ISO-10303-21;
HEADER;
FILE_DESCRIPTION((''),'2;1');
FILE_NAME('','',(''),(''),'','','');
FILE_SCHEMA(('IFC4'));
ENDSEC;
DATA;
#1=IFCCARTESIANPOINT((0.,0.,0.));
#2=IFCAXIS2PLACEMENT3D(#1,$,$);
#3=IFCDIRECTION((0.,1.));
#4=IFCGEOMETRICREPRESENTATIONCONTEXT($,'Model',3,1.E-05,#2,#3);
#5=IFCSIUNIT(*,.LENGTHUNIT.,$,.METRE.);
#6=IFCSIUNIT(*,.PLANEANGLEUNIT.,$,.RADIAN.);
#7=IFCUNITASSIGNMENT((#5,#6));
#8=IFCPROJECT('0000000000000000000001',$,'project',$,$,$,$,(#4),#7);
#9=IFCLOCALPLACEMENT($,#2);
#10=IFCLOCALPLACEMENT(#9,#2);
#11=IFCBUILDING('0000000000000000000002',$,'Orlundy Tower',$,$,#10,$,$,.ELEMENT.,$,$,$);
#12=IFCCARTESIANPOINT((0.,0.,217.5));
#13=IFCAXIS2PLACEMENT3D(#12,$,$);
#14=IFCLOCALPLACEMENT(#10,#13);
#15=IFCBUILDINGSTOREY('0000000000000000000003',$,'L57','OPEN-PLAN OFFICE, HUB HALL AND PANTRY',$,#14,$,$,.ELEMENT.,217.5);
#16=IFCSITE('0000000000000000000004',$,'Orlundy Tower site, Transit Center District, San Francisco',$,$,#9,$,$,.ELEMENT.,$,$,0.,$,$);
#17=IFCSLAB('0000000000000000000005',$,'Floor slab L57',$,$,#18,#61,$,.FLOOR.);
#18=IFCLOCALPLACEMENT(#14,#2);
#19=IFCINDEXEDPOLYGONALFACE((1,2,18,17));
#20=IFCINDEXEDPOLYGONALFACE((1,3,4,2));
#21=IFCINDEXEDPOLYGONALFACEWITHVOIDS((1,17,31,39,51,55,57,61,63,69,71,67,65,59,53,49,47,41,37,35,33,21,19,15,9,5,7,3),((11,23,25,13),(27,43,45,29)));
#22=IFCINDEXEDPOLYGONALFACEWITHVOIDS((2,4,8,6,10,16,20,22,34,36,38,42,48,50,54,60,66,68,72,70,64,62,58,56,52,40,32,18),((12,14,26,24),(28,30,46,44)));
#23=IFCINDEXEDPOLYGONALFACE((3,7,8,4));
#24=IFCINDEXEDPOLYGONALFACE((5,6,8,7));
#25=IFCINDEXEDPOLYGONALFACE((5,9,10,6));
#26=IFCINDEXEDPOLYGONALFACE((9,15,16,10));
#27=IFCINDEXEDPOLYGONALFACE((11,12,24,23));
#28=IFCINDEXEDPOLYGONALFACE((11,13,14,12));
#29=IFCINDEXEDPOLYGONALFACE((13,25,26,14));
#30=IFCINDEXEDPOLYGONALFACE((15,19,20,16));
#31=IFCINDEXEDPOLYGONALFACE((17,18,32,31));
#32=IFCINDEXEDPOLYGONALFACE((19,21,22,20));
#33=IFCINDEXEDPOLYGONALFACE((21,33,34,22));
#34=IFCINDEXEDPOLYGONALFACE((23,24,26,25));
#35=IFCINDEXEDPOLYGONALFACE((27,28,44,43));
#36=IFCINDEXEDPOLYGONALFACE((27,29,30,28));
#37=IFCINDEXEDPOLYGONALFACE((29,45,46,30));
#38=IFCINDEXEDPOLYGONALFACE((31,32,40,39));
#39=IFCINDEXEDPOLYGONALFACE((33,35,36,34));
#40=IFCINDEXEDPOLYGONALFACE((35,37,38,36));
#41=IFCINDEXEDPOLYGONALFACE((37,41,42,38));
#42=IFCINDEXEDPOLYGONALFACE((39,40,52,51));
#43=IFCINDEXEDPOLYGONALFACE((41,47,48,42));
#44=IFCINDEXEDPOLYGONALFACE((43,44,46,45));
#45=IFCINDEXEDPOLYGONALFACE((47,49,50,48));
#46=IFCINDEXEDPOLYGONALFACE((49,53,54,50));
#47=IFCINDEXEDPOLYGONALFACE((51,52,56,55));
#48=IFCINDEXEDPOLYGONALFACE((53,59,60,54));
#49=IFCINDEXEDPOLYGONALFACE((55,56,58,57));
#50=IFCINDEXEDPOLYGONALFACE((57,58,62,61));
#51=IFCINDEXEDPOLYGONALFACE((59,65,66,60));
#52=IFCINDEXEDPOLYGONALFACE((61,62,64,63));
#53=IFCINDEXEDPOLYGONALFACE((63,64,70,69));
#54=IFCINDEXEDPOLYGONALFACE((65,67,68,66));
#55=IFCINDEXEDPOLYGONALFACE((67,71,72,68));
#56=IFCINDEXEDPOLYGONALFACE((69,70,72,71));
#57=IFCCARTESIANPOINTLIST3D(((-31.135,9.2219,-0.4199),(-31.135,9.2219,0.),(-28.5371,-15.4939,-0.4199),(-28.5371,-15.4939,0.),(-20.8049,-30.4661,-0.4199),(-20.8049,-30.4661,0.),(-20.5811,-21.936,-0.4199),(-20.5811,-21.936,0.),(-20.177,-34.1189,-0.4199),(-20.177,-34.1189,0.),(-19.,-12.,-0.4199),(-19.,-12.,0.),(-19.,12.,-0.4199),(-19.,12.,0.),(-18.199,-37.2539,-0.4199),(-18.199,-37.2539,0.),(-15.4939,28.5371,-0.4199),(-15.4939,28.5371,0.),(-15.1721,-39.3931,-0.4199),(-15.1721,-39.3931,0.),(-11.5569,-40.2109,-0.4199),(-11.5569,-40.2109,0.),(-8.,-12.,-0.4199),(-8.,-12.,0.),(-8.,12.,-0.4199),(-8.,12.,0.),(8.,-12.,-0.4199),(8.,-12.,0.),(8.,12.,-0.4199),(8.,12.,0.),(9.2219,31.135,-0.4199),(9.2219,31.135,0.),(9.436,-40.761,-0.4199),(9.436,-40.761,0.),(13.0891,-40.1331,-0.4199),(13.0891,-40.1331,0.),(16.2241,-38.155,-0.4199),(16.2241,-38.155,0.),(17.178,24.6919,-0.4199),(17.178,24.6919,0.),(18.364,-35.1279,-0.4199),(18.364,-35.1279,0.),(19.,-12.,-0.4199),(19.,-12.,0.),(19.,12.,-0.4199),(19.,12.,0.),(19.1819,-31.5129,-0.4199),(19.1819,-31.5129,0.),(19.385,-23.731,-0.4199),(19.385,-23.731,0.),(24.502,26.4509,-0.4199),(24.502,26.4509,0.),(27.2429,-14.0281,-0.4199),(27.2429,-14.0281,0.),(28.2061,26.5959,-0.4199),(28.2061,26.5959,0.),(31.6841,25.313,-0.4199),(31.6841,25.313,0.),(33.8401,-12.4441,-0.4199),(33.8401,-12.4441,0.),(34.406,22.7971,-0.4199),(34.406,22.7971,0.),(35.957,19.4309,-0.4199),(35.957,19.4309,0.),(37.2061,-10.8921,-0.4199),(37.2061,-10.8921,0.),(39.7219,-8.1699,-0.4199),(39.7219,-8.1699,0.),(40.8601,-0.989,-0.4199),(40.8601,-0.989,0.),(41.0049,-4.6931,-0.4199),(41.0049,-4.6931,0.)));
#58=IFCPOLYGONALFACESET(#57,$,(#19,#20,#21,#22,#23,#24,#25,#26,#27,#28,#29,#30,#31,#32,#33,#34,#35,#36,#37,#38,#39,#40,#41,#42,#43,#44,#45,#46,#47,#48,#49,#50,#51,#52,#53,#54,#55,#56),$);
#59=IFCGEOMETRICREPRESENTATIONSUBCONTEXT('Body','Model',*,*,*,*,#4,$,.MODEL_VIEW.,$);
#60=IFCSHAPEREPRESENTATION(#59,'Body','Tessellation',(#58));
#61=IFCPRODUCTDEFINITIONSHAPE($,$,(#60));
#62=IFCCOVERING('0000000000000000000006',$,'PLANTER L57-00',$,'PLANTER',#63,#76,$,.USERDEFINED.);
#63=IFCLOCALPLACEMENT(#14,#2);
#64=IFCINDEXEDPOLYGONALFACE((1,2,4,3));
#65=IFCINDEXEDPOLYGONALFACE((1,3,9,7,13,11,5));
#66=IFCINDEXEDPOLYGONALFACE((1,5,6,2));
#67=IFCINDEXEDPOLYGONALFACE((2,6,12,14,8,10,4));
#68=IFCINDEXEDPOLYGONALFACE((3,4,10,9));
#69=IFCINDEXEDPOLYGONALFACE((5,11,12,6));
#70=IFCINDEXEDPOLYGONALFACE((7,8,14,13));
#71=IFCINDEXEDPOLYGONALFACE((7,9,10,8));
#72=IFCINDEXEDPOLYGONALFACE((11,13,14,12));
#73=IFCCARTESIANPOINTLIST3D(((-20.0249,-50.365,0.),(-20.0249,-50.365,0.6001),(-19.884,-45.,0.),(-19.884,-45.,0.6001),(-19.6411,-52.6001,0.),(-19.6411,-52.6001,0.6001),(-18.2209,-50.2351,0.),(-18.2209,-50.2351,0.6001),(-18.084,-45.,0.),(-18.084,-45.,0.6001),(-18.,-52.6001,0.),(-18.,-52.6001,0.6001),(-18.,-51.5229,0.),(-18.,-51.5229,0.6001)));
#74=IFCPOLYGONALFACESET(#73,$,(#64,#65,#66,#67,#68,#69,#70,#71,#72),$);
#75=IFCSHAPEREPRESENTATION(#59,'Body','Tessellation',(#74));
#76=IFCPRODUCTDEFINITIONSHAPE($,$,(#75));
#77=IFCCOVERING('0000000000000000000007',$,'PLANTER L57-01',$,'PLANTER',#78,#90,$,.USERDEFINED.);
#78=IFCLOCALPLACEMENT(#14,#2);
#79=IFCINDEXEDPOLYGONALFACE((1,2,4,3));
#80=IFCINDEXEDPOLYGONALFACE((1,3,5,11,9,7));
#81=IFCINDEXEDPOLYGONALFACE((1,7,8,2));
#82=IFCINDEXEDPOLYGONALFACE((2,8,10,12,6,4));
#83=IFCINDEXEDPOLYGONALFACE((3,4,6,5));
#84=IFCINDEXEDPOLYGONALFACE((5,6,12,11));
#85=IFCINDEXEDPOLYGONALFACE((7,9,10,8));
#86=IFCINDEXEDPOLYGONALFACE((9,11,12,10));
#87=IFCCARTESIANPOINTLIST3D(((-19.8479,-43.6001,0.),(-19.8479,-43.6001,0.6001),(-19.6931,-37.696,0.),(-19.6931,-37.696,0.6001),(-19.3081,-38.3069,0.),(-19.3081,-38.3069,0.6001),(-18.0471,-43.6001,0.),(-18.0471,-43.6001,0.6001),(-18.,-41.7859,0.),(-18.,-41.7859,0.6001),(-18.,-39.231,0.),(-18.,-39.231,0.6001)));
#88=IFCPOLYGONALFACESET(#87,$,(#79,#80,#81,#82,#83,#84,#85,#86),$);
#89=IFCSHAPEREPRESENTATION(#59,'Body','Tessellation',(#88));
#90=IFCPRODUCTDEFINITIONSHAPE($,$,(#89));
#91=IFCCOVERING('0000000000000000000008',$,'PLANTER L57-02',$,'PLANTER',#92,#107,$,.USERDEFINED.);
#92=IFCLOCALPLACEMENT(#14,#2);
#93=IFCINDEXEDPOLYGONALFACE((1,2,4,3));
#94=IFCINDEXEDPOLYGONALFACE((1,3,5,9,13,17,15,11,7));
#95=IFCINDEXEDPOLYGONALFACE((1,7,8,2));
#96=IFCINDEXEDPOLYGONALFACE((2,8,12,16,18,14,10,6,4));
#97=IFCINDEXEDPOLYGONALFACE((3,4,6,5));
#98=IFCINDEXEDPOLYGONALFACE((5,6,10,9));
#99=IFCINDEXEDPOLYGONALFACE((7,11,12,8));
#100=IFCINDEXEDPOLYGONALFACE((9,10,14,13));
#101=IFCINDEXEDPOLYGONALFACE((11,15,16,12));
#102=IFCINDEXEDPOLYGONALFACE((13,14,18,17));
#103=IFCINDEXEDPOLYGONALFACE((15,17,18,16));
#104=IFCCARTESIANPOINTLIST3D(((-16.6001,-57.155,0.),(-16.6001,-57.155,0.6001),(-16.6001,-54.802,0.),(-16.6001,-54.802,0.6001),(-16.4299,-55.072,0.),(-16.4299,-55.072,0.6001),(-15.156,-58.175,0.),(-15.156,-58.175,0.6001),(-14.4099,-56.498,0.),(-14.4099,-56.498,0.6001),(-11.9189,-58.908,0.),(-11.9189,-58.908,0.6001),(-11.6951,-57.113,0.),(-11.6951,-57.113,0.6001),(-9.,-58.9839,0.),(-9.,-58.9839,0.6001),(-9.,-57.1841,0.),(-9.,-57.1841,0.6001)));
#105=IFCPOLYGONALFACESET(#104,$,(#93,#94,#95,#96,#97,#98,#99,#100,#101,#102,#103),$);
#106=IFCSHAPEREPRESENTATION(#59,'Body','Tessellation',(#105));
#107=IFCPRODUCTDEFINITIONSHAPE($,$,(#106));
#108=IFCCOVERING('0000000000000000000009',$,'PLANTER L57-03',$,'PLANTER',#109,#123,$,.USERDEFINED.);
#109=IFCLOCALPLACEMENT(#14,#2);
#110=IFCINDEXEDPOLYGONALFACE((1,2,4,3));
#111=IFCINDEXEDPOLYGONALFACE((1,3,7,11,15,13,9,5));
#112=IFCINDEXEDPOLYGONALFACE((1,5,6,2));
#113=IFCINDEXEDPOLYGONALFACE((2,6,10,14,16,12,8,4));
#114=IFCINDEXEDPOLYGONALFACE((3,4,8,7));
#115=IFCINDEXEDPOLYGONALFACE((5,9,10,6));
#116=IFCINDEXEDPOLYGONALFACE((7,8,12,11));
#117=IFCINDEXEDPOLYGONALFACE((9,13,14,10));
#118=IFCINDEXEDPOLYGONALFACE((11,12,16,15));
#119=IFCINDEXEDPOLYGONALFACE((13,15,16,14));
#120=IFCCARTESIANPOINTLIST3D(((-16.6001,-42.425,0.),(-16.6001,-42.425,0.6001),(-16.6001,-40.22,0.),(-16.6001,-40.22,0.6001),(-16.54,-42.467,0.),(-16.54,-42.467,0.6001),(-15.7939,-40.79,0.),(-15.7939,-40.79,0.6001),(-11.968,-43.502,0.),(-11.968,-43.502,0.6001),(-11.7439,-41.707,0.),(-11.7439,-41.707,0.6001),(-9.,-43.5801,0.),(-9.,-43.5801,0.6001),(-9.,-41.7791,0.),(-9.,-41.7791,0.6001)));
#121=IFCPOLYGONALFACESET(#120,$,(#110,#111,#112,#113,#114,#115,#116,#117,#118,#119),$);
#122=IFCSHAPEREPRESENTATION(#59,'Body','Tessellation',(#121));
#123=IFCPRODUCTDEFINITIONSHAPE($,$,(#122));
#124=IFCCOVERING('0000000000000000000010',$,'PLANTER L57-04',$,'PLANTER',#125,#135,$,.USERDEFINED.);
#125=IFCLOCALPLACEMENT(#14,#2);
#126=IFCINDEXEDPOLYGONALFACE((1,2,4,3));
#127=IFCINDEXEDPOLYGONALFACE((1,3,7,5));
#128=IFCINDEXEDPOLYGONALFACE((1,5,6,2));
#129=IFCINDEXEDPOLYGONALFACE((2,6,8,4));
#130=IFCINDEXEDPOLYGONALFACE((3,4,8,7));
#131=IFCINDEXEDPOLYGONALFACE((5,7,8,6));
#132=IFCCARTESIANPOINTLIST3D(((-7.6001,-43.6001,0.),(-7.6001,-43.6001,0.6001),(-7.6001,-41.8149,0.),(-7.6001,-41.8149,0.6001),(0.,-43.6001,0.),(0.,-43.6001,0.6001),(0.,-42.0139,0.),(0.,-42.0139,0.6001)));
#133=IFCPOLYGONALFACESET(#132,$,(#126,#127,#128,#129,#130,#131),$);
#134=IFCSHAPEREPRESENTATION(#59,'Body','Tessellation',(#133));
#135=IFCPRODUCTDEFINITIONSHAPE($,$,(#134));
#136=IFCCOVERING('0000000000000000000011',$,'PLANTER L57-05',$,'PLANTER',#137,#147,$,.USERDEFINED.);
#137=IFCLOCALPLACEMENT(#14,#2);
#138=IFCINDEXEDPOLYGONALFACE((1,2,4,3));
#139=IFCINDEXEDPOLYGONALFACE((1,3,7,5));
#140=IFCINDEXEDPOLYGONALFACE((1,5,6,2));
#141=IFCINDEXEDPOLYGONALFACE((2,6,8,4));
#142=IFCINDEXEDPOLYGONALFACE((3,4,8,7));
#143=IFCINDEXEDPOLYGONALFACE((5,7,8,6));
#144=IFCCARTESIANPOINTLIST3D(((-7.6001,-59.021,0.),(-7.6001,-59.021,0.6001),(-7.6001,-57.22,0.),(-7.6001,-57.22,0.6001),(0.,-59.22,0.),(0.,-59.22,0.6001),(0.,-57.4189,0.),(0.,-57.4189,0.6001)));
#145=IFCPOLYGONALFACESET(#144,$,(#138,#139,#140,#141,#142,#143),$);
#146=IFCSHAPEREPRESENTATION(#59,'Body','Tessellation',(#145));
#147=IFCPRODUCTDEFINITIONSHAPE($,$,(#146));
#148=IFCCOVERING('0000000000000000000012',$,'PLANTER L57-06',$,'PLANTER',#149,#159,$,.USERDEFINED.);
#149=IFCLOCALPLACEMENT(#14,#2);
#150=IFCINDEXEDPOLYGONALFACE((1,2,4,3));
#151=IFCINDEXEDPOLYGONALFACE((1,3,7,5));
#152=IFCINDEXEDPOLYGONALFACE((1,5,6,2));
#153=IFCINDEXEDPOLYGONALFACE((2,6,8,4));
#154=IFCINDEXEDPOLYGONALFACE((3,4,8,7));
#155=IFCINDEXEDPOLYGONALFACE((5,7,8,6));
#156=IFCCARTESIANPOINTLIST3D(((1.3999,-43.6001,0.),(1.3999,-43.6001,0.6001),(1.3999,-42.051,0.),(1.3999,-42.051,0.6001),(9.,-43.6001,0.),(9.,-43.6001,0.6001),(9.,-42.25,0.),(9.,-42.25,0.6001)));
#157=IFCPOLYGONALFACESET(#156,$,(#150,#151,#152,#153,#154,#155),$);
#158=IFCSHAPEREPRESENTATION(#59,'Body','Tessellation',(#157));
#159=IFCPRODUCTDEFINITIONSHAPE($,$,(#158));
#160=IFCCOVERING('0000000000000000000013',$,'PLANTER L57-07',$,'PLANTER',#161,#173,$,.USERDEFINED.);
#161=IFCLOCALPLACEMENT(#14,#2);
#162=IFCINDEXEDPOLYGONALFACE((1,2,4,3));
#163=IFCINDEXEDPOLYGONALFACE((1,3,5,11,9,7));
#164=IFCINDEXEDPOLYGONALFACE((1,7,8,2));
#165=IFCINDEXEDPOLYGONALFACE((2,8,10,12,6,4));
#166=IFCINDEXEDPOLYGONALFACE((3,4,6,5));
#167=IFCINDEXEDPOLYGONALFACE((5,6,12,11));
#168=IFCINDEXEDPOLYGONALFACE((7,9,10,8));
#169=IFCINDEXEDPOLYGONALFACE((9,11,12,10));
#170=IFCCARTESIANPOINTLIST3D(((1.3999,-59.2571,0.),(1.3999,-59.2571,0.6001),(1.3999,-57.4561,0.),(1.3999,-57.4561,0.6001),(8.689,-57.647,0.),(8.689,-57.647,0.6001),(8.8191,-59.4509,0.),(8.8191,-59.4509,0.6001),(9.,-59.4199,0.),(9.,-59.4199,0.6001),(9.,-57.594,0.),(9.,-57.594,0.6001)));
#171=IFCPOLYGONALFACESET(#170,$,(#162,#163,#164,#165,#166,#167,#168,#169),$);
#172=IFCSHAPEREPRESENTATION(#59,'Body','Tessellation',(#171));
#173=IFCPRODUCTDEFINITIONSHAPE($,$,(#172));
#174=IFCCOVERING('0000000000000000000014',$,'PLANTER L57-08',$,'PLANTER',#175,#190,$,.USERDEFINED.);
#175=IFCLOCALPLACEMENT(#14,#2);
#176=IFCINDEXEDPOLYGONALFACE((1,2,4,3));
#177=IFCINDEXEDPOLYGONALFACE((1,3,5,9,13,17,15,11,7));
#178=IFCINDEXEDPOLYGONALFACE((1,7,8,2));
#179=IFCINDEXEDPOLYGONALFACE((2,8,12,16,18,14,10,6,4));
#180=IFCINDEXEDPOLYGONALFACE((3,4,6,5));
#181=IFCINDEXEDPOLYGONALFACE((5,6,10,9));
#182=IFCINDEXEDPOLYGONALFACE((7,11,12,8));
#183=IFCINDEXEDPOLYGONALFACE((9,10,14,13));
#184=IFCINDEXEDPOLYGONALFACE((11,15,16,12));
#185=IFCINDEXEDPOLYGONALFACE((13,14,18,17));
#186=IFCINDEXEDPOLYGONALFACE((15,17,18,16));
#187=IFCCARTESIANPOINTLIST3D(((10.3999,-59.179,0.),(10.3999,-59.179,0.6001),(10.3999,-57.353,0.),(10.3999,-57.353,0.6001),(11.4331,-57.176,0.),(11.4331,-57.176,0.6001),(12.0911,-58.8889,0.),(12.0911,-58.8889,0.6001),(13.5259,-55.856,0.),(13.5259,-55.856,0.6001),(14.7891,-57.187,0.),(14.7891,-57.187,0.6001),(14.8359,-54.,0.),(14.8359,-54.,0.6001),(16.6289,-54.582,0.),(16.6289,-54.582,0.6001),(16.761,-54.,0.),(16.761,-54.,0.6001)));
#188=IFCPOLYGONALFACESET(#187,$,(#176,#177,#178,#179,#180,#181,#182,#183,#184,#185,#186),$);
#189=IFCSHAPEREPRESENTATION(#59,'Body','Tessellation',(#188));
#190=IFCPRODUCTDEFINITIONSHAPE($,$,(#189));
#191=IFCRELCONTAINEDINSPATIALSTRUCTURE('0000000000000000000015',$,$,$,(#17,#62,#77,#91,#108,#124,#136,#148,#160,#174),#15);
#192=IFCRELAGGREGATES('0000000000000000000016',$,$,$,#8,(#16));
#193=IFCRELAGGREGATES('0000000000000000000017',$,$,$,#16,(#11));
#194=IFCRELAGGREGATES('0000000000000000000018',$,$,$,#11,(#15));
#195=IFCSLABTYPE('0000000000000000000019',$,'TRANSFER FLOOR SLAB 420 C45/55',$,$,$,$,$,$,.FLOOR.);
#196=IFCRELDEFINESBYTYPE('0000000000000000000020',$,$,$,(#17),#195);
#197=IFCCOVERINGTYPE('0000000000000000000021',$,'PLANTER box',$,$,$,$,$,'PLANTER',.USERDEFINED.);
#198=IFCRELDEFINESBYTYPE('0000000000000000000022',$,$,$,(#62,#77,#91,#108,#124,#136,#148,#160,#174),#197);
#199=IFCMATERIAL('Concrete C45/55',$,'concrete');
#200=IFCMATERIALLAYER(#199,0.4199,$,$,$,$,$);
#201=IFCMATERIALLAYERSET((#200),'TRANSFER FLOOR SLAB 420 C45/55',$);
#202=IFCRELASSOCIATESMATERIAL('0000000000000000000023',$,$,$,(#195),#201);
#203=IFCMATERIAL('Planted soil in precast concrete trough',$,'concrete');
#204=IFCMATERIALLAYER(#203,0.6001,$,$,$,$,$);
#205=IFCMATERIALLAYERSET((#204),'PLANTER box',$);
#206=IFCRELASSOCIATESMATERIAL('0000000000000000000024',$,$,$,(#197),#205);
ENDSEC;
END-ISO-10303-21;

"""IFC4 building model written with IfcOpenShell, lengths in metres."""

from ifc_helpers import new_model, si_unit, direction, frame, origin, place, context, subcontext, project, spatial, polyline, outline, extrude, material, layer, layer_set, type_object, element, save


model = new_model("IFC4")

# Units and contexts
model_context = context("Model", 3, precision=1e-05, world=origin(), true_north=direction((0.0, 1.0)))
body_context = subcontext(model_context, "Body", "Model", "MODEL_VIEW")
ifc_project = project(units=[si_unit("LENGTHUNIT", "METRE"), si_unit("PLANEANGLEUNIT", "RADIAN")], contexts=[model_context])

# Site, building, storey
site_placement = place(None, origin())
site = spatial("IfcSite", under=ifc_project, at=site_placement, Name="Orlundy Tower site, Transit Center District, San Francisco", CompositionType="ELEMENT", RefElevation=0.0)
building_placement = place(site_placement, origin())
building = spatial("IfcBuilding", under=site, at=building_placement, Name="Orlundy Tower", CompositionType="ELEMENT")
storey_placement = place(building_placement, frame((0.0, 0.0, 217.5)))
storey = spatial("IfcBuildingStorey", under=building, at=storey_placement, Name="L57", Description="OPEN-PLAN OFFICE, HUB HALL AND PANTRY", CompositionType="ELEMENT", Elevation=217.5)

# Slab
ifc_material_1 = material(Name="Concrete C45/55", Category="concrete")
ifc_layer_1 = layer(ifc_material_1, 0.4199)
ifc_layer_set_1 = layer_set([ifc_layer_1], Name="TRANSFER FLOOR SLAB 420 C45/55")
slab_type_1 = type_object("IfcSlabType", Name="TRANSFER FLOOR SLAB 420 C45/55", PredefinedType="FLOOR", material=ifc_layer_set_1)
slab_1_placement = place(storey_placement, frame((0.0, 0.0, -0.4199)))
element("IfcSlab", 1, at=slab_1_placement, inside=storey, type_object=slab_type_1, Name="Floor slab L57", PredefinedType="FLOOR", context=body_context, shape_type="SweptSolid", body=[
    extrude(outline(polyline([(-20.5811, -21.936), (-28.5371, -15.4939), (-31.135, 9.2219), (-15.4939, 28.5371), (9.2219, 31.135), (17.178, 24.6919), (24.502, 26.4509), (28.2061, 26.5959), (31.6841, 25.313), (34.406, 22.7971), (35.957, 19.4309), (40.8601, -0.989), (41.0049, -4.6931), (39.7219, -8.1699), (37.2061, -10.8921), (33.8401, -12.4441), (27.2429, -14.0281), (19.385, -23.731), (19.1819, -31.5129), (18.364, -35.1279), (16.2241, -38.155), (13.0891, -40.1331), (9.436, -40.761), (-11.5569, -40.2109), (-15.1721, -39.3931), (-18.199, -37.2539), (-20.177, -34.1189), (-20.8049, -30.4661), (-20.5811, -21.936)]), holes=[polyline([(-8.0, -12.0), (-8.0, 12.0), (-19.0, 12.0), (-19.0, -12.0), (-8.0, -12.0)]), polyline([(19.0, -12.0), (19.0, 12.0), (8.0, 12.0), (8.0, -12.0), (19.0, -12.0)])]), origin(), (0.0, 0.0, 1.0), 0.4199),
])

# Coverings
ifc_material_2 = material(Name="Planted soil in precast concrete trough", Category="concrete")
ifc_layer_2 = layer(ifc_material_2, 0.6001)
ifc_layer_set_2 = layer_set([ifc_layer_2], Name="PLANTER box")
covering_type = type_object("IfcCoveringType", Name="PLANTER box", ElementType="PLANTER", PredefinedType="USERDEFINED", material=ifc_layer_set_2)
covering_1_placement = place(storey_placement, origin())
element("IfcCovering", 2, at=covering_1_placement, inside=storey, type_object=covering_type, Name="PLANTER L57-00", ObjectType="PLANTER", PredefinedType="USERDEFINED", context=body_context, shape_type="SweptSolid", body=[
    extrude(outline(polyline([(-20.0249, -50.365), (-19.884, -45.0), (-18.084, -45.0), (-18.2209, -50.2351), (-18.0, -51.5229), (-18.0, -52.6001), (-19.6411, -52.6001), (-20.0249, -50.365)])), origin(), (0.0, 0.0, 1.0), 0.6001),
])
covering_2_placement = place(storey_placement, origin())
element("IfcCovering", 3, at=covering_2_placement, inside=storey, type_object=covering_type, Name="PLANTER L57-01", ObjectType="PLANTER", PredefinedType="USERDEFINED", context=body_context, shape_type="SweptSolid", body=[
    extrude(outline(polyline([(-19.6931, -37.696), (-19.3081, -38.3069), (-18.0, -39.231), (-18.0, -41.7859), (-18.0471, -43.6001), (-19.8479, -43.6001), (-19.6931, -37.696)])), origin(), (0.0, 0.0, 1.0), 0.6001),
])
covering_3_placement = place(storey_placement, origin())
element("IfcCovering", 4, at=covering_3_placement, inside=storey, type_object=covering_type, Name="PLANTER L57-02", ObjectType="PLANTER", PredefinedType="USERDEFINED", context=body_context, shape_type="SweptSolid", body=[
    extrude(outline(polyline([(-11.9189, -58.908), (-15.156, -58.175), (-16.6001, -57.155), (-16.6001, -54.802), (-16.4299, -55.072), (-14.4099, -56.498), (-11.6951, -57.113), (-9.0, -57.1841), (-9.0, -58.9839), (-11.9189, -58.908)])), origin(), (0.0, 0.0, 1.0), 0.6001),
])
covering_4_placement = place(storey_placement, origin())
element("IfcCovering", 5, at=covering_4_placement, inside=storey, type_object=covering_type, Name="PLANTER L57-03", ObjectType="PLANTER", PredefinedType="USERDEFINED", context=body_context, shape_type="SweptSolid", body=[
    extrude(outline(polyline([(-15.7939, -40.79), (-11.7439, -41.707), (-9.0, -41.7791), (-9.0, -43.5801), (-11.968, -43.502), (-16.54, -42.467), (-16.6001, -42.425), (-16.6001, -40.22), (-15.7939, -40.79)])), origin(), (0.0, 0.0, 1.0), 0.6001),
])
covering_5_placement = place(storey_placement, origin())
element("IfcCovering", 6, at=covering_5_placement, inside=storey, type_object=covering_type, Name="PLANTER L57-04", ObjectType="PLANTER", PredefinedType="USERDEFINED", context=body_context, shape_type="SweptSolid", body=[
    extrude(outline(polyline([(0.0, -42.0139), (0.0, -43.6001), (-7.6001, -43.6001), (-7.6001, -41.8149), (0.0, -42.0139)])), origin(), (0.0, 0.0, 1.0), 0.6001),
])
covering_6_placement = place(storey_placement, origin())
element("IfcCovering", 7, at=covering_6_placement, inside=storey, type_object=covering_type, Name="PLANTER L57-05", ObjectType="PLANTER", PredefinedType="USERDEFINED", context=body_context, shape_type="SweptSolid", body=[
    extrude(outline(polyline([(-7.6001, -59.021), (-7.6001, -57.22), (0.0, -57.4189), (0.0, -59.22), (-7.6001, -59.021)])), origin(), (0.0, 0.0, 1.0), 0.6001),
])
covering_7_placement = place(storey_placement, origin())
element("IfcCovering", 8, at=covering_7_placement, inside=storey, type_object=covering_type, Name="PLANTER L57-06", ObjectType="PLANTER", PredefinedType="USERDEFINED", context=body_context, shape_type="SweptSolid", body=[
    extrude(outline(polyline([(9.0, -42.25), (9.0, -43.6001), (1.3999, -43.6001), (1.3999, -42.051), (9.0, -42.25)])), origin(), (0.0, 0.0, 1.0), 0.6001),
])
covering_8_placement = place(storey_placement, origin())
element("IfcCovering", 9, at=covering_8_placement, inside=storey, type_object=covering_type, Name="PLANTER L57-07", ObjectType="PLANTER", PredefinedType="USERDEFINED", context=body_context, shape_type="SweptSolid", body=[
    extrude(outline(polyline([(8.8191, -59.4509), (1.3999, -59.2571), (1.3999, -57.4561), (8.689, -57.647), (9.0, -57.594), (9.0, -59.4199), (8.8191, -59.4509)])), origin(), (0.0, 0.0, 1.0), 0.6001),
])
covering_9_placement = place(storey_placement, origin())
element("IfcCovering", 10, at=covering_9_placement, inside=storey, type_object=covering_type, Name="PLANTER L57-08", ObjectType="PLANTER", PredefinedType="USERDEFINED", context=body_context, shape_type="SweptSolid", body=[
    extrude(outline(polyline([(14.7891, -57.187), (12.0911, -58.8889), (10.3999, -59.179), (10.3999, -57.353), (11.4331, -57.176), (13.5259, -55.856), (14.8359, -54.0), (16.761, -54.0), (16.6289, -54.582), (14.7891, -57.187)])), origin(), (0.0, 0.0, 1.0), 0.6001),
])

save(model, "model.ifc")
